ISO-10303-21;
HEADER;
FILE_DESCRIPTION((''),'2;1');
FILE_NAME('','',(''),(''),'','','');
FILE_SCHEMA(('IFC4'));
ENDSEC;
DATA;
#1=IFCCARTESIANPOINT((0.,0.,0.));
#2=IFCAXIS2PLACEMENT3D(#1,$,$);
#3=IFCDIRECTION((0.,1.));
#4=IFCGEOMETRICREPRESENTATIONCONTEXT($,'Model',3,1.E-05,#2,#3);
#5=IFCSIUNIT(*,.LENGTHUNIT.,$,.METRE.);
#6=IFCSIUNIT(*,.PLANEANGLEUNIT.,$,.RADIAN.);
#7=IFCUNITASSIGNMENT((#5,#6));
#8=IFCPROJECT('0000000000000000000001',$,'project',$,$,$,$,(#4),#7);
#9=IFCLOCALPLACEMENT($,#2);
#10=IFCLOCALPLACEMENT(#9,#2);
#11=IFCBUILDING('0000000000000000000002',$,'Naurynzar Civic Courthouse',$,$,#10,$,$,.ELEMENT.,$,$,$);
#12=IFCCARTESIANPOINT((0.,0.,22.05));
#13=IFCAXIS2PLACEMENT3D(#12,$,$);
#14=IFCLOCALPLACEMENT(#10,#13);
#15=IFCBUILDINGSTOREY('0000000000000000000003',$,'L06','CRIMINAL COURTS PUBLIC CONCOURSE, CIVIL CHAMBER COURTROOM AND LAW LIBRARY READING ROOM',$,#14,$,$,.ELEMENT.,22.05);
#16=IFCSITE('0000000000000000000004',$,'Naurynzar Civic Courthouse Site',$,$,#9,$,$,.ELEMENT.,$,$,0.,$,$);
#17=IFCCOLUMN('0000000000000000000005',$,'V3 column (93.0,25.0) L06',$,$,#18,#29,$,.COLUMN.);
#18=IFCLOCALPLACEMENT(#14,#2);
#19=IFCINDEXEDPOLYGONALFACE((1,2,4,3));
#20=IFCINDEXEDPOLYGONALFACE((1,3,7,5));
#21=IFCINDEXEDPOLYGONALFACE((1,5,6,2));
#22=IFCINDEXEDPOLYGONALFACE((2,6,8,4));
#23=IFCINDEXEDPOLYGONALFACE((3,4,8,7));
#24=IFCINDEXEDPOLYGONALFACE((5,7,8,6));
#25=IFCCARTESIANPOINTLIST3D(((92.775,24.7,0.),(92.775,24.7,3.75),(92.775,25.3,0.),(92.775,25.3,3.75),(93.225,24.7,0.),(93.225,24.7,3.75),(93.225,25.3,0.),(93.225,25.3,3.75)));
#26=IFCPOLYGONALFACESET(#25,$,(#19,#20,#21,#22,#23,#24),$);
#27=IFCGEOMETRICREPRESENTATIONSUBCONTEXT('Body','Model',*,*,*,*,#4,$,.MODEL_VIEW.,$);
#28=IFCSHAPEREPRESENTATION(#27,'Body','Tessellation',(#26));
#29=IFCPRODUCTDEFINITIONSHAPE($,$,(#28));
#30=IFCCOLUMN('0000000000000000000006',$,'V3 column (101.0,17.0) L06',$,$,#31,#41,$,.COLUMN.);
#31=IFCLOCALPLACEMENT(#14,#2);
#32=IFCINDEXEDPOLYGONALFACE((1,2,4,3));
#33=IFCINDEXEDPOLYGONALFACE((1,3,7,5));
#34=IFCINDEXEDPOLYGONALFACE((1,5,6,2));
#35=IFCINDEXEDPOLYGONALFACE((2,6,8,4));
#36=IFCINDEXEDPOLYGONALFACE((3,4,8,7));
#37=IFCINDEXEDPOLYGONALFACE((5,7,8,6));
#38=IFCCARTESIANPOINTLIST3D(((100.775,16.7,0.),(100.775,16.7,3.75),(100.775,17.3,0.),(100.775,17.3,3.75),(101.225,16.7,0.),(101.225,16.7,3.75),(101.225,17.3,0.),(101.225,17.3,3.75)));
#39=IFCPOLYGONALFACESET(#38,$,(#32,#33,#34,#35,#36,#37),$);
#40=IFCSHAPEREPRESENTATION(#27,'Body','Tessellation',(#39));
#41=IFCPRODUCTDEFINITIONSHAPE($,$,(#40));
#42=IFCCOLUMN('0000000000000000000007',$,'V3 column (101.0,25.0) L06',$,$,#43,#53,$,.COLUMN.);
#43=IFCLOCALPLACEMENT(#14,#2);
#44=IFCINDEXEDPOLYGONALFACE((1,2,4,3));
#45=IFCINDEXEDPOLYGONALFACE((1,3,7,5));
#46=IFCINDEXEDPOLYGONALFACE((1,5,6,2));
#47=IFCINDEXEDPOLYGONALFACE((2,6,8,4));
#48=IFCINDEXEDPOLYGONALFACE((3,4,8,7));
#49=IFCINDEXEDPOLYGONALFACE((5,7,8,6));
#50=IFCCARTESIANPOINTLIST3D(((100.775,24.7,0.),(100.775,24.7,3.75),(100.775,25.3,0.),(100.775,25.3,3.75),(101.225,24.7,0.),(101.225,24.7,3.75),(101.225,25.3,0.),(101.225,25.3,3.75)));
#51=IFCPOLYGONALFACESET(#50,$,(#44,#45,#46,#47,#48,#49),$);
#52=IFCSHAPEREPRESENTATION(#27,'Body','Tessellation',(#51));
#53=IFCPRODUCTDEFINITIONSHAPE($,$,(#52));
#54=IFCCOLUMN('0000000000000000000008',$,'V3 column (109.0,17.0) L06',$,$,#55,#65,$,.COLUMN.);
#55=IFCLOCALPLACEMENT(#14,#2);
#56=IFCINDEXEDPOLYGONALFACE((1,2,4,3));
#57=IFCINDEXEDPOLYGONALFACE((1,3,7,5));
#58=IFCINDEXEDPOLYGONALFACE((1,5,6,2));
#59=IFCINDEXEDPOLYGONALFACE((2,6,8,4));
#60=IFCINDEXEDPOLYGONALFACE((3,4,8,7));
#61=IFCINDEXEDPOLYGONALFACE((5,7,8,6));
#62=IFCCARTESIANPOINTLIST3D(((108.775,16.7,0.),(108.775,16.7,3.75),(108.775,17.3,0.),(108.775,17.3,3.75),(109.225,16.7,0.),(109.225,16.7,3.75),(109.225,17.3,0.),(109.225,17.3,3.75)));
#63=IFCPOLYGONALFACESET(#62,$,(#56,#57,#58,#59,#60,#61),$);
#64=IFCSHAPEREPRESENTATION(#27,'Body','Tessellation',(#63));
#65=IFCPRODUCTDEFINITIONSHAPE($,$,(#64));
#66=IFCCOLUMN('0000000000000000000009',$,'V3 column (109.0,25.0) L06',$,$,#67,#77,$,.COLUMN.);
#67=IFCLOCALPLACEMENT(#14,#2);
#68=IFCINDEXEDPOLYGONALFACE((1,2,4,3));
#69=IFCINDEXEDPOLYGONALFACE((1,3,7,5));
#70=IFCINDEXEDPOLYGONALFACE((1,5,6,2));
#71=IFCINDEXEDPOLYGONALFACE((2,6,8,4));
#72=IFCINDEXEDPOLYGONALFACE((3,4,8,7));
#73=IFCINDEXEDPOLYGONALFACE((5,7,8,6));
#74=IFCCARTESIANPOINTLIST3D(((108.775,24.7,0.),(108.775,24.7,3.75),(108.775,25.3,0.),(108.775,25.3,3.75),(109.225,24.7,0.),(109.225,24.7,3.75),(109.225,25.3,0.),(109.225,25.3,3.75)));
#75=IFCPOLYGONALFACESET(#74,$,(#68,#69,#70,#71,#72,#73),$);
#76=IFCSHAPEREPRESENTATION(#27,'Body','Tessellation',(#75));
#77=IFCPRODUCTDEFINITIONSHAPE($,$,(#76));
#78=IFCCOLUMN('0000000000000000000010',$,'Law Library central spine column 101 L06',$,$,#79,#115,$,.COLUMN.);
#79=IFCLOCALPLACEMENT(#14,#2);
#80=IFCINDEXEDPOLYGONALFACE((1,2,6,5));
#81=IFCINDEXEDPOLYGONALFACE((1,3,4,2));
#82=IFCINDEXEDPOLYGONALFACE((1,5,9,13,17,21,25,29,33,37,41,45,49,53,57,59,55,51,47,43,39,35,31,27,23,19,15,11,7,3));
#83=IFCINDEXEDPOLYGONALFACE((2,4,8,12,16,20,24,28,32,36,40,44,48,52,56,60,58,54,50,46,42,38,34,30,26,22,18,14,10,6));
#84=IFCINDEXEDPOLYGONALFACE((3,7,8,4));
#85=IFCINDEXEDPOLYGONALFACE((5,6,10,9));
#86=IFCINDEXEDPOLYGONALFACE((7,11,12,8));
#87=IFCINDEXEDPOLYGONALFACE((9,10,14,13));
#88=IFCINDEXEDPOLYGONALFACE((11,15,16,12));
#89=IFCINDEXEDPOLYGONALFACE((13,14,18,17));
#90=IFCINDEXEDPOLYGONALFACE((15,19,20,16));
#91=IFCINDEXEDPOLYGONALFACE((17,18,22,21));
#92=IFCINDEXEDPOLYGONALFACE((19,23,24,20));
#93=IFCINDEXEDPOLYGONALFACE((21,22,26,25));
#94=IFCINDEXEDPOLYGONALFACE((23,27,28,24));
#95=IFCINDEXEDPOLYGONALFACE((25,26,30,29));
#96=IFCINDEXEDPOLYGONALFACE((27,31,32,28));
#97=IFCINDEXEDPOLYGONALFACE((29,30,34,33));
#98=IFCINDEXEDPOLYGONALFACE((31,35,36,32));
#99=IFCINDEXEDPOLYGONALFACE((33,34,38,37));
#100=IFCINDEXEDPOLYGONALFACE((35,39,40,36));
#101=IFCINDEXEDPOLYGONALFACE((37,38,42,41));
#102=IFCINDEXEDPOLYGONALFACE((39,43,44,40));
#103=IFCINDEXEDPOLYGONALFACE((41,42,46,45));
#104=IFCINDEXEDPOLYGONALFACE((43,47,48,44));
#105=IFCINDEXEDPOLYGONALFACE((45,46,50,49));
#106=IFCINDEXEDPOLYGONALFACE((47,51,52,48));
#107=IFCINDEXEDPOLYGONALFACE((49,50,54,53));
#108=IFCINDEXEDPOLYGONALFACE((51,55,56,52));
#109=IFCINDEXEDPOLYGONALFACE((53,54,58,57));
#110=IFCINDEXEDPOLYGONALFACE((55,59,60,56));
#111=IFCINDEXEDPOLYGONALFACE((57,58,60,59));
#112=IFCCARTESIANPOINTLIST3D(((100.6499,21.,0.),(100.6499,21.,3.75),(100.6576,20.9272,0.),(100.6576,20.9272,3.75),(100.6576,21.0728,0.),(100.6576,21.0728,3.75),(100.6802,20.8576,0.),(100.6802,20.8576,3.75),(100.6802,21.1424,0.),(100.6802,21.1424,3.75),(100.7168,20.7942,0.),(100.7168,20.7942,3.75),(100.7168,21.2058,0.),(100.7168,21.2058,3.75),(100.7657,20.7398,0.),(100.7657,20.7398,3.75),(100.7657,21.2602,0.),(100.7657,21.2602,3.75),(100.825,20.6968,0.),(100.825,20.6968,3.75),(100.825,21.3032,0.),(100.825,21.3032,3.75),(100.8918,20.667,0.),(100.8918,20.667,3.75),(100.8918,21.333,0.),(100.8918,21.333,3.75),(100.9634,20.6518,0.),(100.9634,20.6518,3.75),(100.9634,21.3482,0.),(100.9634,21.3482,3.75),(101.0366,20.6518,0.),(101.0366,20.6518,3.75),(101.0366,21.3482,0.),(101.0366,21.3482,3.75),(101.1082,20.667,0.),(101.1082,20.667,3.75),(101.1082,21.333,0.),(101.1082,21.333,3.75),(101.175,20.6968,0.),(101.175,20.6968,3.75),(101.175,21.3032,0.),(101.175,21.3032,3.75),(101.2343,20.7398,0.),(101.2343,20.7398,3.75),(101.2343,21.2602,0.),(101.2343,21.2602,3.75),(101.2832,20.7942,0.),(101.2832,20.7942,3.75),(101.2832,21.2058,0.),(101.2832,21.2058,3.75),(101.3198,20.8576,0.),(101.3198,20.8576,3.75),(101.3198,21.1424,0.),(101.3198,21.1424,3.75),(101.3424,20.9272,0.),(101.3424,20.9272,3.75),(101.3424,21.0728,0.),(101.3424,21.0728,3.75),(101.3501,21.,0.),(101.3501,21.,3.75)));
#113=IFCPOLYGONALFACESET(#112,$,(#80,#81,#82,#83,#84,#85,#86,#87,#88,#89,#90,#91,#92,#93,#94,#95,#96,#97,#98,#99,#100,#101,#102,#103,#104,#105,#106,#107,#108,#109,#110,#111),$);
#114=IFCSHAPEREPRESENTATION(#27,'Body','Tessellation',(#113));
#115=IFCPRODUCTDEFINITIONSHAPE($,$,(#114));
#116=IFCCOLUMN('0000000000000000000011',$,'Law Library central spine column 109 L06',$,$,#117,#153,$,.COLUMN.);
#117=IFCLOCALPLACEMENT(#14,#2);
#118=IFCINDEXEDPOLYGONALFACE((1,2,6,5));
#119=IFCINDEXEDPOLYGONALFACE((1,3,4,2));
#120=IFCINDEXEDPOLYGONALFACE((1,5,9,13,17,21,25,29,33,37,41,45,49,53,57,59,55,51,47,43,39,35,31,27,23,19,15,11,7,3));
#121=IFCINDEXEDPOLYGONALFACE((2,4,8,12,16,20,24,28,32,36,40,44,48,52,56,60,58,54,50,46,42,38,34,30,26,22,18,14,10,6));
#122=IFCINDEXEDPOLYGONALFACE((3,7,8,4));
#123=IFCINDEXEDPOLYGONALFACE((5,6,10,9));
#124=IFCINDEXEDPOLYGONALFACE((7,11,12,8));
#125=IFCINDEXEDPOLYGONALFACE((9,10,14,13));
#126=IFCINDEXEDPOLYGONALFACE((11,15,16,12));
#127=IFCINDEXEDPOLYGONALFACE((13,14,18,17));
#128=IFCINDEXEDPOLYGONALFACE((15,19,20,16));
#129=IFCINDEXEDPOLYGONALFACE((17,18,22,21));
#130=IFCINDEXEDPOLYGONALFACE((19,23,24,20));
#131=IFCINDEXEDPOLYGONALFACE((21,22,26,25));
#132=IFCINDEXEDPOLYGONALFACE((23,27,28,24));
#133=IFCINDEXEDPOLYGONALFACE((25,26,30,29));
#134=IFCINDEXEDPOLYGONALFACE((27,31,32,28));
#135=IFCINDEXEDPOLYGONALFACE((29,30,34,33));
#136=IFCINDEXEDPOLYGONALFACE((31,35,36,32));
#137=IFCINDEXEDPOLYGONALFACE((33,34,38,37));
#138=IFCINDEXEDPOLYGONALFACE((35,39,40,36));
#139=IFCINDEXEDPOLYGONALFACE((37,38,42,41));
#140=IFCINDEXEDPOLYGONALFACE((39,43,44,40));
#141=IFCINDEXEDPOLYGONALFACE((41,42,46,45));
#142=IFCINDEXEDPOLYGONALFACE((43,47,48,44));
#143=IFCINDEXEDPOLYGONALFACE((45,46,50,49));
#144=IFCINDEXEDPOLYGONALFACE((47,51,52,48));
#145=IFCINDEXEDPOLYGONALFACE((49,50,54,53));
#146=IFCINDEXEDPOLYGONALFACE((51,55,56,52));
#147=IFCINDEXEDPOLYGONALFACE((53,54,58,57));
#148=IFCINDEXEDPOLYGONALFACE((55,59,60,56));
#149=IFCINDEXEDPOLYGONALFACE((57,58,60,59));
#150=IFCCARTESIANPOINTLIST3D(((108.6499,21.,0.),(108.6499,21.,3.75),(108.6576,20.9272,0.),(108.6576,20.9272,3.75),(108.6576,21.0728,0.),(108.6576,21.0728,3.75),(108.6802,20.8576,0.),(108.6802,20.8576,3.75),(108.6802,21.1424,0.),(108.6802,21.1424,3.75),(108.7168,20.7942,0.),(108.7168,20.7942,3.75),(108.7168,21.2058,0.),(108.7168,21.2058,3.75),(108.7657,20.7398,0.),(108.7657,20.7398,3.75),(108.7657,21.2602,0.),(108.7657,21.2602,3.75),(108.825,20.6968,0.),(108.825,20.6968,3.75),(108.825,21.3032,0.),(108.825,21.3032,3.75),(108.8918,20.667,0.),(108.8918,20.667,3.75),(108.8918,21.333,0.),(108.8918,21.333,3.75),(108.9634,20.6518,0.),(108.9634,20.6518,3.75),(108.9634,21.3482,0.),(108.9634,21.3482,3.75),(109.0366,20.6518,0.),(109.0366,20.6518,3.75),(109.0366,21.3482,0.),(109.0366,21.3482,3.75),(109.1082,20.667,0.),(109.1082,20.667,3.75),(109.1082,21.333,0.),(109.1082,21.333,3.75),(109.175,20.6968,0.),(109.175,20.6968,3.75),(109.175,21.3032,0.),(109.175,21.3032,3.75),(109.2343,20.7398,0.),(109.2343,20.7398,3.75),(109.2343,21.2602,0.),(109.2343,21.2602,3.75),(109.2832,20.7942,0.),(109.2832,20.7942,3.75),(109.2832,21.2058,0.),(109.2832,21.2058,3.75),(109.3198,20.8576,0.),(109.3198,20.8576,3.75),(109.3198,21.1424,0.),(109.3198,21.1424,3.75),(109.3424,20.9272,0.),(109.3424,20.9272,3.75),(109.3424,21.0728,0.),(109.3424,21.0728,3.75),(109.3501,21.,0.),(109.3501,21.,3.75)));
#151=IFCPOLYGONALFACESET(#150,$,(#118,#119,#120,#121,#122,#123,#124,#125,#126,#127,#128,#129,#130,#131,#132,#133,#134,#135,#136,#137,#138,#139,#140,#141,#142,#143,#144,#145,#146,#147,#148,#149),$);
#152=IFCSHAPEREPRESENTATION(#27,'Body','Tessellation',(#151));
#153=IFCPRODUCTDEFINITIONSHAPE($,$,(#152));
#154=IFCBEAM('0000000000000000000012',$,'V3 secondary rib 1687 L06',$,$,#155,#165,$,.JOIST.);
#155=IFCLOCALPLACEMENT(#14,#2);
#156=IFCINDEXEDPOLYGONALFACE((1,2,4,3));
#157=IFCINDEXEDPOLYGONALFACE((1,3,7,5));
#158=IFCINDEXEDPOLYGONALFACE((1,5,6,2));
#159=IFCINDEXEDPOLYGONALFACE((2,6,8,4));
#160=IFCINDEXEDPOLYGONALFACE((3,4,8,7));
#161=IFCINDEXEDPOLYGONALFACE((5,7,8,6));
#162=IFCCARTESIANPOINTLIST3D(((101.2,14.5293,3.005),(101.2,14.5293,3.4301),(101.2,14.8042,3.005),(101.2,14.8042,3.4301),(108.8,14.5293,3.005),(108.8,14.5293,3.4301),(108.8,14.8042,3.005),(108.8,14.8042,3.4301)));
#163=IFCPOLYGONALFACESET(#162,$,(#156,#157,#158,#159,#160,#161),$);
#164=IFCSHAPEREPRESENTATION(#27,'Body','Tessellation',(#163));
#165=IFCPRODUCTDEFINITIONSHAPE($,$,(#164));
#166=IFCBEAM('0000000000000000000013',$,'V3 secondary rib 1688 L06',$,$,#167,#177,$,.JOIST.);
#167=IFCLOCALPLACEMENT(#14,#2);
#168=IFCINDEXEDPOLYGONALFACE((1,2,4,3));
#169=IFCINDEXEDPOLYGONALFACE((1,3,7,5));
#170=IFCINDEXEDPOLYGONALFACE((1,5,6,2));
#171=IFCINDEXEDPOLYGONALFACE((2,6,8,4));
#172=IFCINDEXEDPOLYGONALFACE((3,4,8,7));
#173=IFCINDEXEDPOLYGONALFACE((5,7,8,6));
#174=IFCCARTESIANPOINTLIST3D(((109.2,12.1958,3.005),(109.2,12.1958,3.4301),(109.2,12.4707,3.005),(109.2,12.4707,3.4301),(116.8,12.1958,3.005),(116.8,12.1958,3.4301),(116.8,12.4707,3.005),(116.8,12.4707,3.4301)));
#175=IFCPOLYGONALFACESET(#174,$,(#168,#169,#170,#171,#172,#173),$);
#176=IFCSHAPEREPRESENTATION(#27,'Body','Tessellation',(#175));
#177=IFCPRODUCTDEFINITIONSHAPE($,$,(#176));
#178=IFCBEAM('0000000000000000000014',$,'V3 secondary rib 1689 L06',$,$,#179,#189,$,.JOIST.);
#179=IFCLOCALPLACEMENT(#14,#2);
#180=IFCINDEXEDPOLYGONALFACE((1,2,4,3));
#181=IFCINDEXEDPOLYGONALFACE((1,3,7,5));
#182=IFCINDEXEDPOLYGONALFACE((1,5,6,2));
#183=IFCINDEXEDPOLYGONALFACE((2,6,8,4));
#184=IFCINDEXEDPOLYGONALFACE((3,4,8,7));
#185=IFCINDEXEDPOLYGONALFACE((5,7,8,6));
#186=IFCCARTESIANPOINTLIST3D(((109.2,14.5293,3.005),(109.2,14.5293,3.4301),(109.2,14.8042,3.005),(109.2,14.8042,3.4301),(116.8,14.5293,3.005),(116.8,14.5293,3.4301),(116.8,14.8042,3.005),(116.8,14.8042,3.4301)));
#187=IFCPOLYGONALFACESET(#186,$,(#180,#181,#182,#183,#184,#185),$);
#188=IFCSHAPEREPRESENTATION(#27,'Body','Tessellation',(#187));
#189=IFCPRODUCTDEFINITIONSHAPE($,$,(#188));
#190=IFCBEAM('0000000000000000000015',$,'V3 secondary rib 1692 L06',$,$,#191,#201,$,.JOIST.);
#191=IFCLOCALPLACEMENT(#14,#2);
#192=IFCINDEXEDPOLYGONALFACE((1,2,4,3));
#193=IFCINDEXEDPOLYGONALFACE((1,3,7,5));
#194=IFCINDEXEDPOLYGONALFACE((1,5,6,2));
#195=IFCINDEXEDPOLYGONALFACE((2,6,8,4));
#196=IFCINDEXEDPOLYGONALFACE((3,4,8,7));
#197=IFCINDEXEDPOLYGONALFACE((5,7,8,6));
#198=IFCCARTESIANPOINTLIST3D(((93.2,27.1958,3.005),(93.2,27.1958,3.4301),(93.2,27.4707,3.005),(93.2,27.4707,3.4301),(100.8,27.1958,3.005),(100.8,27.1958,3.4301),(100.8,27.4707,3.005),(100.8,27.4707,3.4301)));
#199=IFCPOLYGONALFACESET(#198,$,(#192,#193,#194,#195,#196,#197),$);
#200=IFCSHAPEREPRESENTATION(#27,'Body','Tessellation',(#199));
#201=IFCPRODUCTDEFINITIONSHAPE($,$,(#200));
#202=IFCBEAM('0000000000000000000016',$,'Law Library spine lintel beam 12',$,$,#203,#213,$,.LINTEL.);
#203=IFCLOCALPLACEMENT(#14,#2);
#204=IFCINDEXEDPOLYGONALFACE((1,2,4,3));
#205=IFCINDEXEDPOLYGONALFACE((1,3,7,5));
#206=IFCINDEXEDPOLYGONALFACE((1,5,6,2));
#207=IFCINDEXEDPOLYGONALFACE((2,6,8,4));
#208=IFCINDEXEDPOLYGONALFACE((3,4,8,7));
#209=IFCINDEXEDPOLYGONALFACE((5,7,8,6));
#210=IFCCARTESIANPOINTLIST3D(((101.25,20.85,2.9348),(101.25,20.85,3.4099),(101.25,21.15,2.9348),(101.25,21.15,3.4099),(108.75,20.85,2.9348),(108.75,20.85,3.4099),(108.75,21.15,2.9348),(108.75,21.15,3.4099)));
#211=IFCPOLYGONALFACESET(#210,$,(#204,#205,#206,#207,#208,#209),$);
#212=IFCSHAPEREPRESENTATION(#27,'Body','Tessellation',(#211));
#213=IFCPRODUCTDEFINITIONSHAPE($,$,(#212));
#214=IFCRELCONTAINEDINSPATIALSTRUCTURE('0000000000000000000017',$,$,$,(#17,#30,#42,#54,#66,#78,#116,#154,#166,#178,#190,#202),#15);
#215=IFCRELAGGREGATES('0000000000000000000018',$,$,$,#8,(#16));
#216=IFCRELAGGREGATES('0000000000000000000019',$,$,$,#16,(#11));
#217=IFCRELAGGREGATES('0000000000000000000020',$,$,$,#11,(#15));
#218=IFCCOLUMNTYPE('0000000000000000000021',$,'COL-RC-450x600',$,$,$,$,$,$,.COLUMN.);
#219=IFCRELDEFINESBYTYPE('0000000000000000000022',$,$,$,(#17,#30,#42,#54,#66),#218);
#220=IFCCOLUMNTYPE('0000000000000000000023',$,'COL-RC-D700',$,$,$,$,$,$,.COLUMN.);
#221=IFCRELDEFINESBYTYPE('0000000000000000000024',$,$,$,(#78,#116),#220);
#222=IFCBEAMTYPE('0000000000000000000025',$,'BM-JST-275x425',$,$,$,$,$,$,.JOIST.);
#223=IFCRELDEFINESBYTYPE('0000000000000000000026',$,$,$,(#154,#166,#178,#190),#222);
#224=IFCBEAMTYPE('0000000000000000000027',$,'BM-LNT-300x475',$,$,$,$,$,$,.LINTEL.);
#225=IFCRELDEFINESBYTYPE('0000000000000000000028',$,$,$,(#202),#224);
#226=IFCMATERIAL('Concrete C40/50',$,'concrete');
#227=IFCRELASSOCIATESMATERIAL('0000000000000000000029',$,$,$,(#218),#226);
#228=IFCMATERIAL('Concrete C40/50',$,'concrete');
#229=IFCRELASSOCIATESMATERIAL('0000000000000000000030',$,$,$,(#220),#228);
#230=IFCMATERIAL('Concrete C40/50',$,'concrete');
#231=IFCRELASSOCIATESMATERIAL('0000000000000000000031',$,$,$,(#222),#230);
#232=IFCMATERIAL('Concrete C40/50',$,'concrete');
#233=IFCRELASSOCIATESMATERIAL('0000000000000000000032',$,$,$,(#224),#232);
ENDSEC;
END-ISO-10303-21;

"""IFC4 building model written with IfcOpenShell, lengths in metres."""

from ifc_helpers import new_model, si_unit, direction, frame, origin, origin_2d, place, context, subcontext, project, spatial, rectangle, circle, extrude, material, material_profile, profile_set, type_object, element, save


model = new_model("IFC4")

# Units and contexts
model_context = context("Model", 3, precision=1e-05, world=origin(), true_north=direction((0.0, 1.0)))
body_context = subcontext(model_context, "Body", "Model", "MODEL_VIEW")
ifc_project = project(units=[si_unit("LENGTHUNIT", "METRE"), si_unit("PLANEANGLEUNIT", "RADIAN")], contexts=[model_context])

# Site, building, storey
site_placement = place(None, origin())
site = spatial("IfcSite", under=ifc_project, at=site_placement, Name="Naurynzar Civic Courthouse Site", CompositionType="ELEMENT", RefElevation=0.0)
building_placement = place(site_placement, origin())
building = spatial("IfcBuilding", under=site, at=building_placement, Name="Naurynzar Civic Courthouse", CompositionType="ELEMENT")
storey_placement = place(building_placement, frame((0.0, 0.0, 22.05)))
storey = spatial("IfcBuildingStorey", under=building, at=storey_placement, Name="L06", Description="CRIMINAL COURTS PUBLIC CONCOURSE, CIVIL CHAMBER COURTROOM AND LAW LIBRARY READING ROOM", CompositionType="ELEMENT", Elevation=22.05)

# Columns
ifc_material_1 = material(Name="Concrete C40/50", Category="concrete")
ifc_material_profile_1 = material_profile(ifc_material_1, rectangle(XDim=0.45, YDim=0.6001, at=origin_2d()), Name="RC 450x600")
ifc_profile_set_1 = profile_set([ifc_material_profile_1], Name="Concrete C40/50")
column_type_1 = type_object("IfcColumnType", Name="COL-RC-450x600", PredefinedType="COLUMN", material=ifc_profile_set_1)
for number, where, z_axis, x_axis, name in (
    (1, (93.0, 25.0, 0.0), (0.0, 0.0, 1.0), (1.0, 0.0, 0.0), "V3 column (93.0,25.0) L06"),
    (2, (101.0, 17.0, 0.0), (0.0, 0.0, 1.0), (1.0, 0.0, 0.0), "V3 column (101.0,17.0) L06"),
    (3, (101.0, 25.0, 0.0), (0.0, 0.0, 1.0), (1.0, 0.0, 0.0), "V3 column (101.0,25.0) L06"),
    (4, (109.0, 17.0, 0.0), (0.0, 0.0, 1.0), (1.0, 0.0, 0.0), "V3 column (109.0,17.0) L06"),
    (5, (109.0, 25.0, 0.0), (0.0, 0.0, 1.0), (1.0, 0.0, 0.0), "V3 column (109.0,25.0) L06"),
):
    element("IfcColumn", number, at=place(storey_placement, frame(where, z_axis=z_axis, x_axis=x_axis)), inside=storey, type_object=column_type_1, Name=name, PredefinedType="COLUMN", context=body_context, shape_type="SweptSolid", body=[
        extrude(rectangle(XDim=0.45, YDim=0.6001, at=origin_2d()), origin(), (0.0, 0.0, 1.0), 3.75),
    ])
ifc_material_2 = material(Name="Concrete C40/50", Category="concrete")
ifc_material_profile_2 = material_profile(ifc_material_2, circle(Radius=0.3501, at=origin_2d()), Name="RC D700")
ifc_profile_set_2 = profile_set([ifc_material_profile_2], Name="Concrete C40/50")
column_type_2 = type_object("IfcColumnType", Name="COL-RC-D700", PredefinedType="COLUMN", material=ifc_profile_set_2)
for number, where, z_axis, x_axis, name in (
    (6, (101.0, 21.0, 0.0), (0.0, 0.0, 1.0), (1.0, 0.0, 0.0), "Law Library central spine column 101 L06"),
    (7, (109.0, 21.0, 0.0), (0.0, 0.0, 1.0), (1.0, 0.0, 0.0), "Law Library central spine column 109 L06"),
):
    element("IfcColumn", number, at=place(storey_placement, frame(where, z_axis=z_axis, x_axis=x_axis)), inside=storey, type_object=column_type_2, Name=name, PredefinedType="COLUMN", context=body_context, shape_type="SweptSolid", body=[
        extrude(circle(Radius=0.3501, at=origin_2d()), origin(), (0.0, 0.0, 1.0), 3.75),
    ])

# Beams
ifc_material_3 = material(Name="Concrete C40/50", Category="concrete")
ifc_material_profile_3 = material_profile(ifc_material_3, rectangle(XDim=0.2749, YDim=0.425, at=origin_2d()), Name="RCB 275x425")
ifc_profile_set_3 = profile_set([ifc_material_profile_3], Name="Concrete C40/50")
beam_type_1 = type_object("IfcBeamType", Name="BM-JST-275x425", PredefinedType="JOIST", material=ifc_profile_set_3)
for number, where, z_axis, x_axis, name in (
    (8, (101.2, 14.6667, 3.2175), (1.0, 0.0, 0.0), (0.0, 1.0, 0.0), "V3 secondary rib 1687 L06"),
    (9, (109.2, 12.3333, 3.2175), (1.0, 0.0, 0.0), (0.0, 1.0, 0.0), "V3 secondary rib 1688 L06"),
    (10, (109.2, 14.6667, 3.2175), (1.0, 0.0, 0.0), (0.0, 1.0, 0.0), "V3 secondary rib 1689 L06"),
    (11, (93.2, 27.3333, 3.2175), (1.0, 0.0, 0.0), (0.0, 1.0, 0.0), "V3 secondary rib 1692 L06"),
):
    element("IfcBeam", number, at=place(storey_placement, frame(where, z_axis=z_axis, x_axis=x_axis)), inside=storey, type_object=beam_type_1, Name=name, PredefinedType="JOIST", context=body_context, shape_type="SweptSolid", body=[
        extrude(rectangle(XDim=0.2749, YDim=0.425, at=origin_2d()), origin(), (0.0, 0.0, 1.0), 7.6001),
    ])
ifc_material_4 = material(Name="Concrete C40/50", Category="concrete")
ifc_material_profile_4 = material_profile(ifc_material_4, rectangle(XDim=0.3, YDim=0.4751, at=origin_2d()), Name="RCB 300x475")
ifc_profile_set_4 = profile_set([ifc_material_profile_4], Name="Concrete C40/50")
beam_type_2 = type_object("IfcBeamType", Name="BM-LNT-300x475", PredefinedType="LINTEL", material=ifc_profile_set_4)
beam_1_placement = place(storey_placement, frame((101.25, 21.0, 3.1724), z_axis=(1.0, 0.0, 0.0), x_axis=(0.0, 1.0, 0.0)))
element("IfcBeam", 12, at=beam_1_placement, inside=storey, type_object=beam_type_2, Name="Law Library spine lintel beam 12", PredefinedType="LINTEL", context=body_context, shape_type="SweptSolid", body=[
    extrude(rectangle(XDim=0.3, YDim=0.4751, at=origin_2d()), origin(), (0.0, 0.0, 1.0), 7.5),
])

save(model, "model.ifc")
